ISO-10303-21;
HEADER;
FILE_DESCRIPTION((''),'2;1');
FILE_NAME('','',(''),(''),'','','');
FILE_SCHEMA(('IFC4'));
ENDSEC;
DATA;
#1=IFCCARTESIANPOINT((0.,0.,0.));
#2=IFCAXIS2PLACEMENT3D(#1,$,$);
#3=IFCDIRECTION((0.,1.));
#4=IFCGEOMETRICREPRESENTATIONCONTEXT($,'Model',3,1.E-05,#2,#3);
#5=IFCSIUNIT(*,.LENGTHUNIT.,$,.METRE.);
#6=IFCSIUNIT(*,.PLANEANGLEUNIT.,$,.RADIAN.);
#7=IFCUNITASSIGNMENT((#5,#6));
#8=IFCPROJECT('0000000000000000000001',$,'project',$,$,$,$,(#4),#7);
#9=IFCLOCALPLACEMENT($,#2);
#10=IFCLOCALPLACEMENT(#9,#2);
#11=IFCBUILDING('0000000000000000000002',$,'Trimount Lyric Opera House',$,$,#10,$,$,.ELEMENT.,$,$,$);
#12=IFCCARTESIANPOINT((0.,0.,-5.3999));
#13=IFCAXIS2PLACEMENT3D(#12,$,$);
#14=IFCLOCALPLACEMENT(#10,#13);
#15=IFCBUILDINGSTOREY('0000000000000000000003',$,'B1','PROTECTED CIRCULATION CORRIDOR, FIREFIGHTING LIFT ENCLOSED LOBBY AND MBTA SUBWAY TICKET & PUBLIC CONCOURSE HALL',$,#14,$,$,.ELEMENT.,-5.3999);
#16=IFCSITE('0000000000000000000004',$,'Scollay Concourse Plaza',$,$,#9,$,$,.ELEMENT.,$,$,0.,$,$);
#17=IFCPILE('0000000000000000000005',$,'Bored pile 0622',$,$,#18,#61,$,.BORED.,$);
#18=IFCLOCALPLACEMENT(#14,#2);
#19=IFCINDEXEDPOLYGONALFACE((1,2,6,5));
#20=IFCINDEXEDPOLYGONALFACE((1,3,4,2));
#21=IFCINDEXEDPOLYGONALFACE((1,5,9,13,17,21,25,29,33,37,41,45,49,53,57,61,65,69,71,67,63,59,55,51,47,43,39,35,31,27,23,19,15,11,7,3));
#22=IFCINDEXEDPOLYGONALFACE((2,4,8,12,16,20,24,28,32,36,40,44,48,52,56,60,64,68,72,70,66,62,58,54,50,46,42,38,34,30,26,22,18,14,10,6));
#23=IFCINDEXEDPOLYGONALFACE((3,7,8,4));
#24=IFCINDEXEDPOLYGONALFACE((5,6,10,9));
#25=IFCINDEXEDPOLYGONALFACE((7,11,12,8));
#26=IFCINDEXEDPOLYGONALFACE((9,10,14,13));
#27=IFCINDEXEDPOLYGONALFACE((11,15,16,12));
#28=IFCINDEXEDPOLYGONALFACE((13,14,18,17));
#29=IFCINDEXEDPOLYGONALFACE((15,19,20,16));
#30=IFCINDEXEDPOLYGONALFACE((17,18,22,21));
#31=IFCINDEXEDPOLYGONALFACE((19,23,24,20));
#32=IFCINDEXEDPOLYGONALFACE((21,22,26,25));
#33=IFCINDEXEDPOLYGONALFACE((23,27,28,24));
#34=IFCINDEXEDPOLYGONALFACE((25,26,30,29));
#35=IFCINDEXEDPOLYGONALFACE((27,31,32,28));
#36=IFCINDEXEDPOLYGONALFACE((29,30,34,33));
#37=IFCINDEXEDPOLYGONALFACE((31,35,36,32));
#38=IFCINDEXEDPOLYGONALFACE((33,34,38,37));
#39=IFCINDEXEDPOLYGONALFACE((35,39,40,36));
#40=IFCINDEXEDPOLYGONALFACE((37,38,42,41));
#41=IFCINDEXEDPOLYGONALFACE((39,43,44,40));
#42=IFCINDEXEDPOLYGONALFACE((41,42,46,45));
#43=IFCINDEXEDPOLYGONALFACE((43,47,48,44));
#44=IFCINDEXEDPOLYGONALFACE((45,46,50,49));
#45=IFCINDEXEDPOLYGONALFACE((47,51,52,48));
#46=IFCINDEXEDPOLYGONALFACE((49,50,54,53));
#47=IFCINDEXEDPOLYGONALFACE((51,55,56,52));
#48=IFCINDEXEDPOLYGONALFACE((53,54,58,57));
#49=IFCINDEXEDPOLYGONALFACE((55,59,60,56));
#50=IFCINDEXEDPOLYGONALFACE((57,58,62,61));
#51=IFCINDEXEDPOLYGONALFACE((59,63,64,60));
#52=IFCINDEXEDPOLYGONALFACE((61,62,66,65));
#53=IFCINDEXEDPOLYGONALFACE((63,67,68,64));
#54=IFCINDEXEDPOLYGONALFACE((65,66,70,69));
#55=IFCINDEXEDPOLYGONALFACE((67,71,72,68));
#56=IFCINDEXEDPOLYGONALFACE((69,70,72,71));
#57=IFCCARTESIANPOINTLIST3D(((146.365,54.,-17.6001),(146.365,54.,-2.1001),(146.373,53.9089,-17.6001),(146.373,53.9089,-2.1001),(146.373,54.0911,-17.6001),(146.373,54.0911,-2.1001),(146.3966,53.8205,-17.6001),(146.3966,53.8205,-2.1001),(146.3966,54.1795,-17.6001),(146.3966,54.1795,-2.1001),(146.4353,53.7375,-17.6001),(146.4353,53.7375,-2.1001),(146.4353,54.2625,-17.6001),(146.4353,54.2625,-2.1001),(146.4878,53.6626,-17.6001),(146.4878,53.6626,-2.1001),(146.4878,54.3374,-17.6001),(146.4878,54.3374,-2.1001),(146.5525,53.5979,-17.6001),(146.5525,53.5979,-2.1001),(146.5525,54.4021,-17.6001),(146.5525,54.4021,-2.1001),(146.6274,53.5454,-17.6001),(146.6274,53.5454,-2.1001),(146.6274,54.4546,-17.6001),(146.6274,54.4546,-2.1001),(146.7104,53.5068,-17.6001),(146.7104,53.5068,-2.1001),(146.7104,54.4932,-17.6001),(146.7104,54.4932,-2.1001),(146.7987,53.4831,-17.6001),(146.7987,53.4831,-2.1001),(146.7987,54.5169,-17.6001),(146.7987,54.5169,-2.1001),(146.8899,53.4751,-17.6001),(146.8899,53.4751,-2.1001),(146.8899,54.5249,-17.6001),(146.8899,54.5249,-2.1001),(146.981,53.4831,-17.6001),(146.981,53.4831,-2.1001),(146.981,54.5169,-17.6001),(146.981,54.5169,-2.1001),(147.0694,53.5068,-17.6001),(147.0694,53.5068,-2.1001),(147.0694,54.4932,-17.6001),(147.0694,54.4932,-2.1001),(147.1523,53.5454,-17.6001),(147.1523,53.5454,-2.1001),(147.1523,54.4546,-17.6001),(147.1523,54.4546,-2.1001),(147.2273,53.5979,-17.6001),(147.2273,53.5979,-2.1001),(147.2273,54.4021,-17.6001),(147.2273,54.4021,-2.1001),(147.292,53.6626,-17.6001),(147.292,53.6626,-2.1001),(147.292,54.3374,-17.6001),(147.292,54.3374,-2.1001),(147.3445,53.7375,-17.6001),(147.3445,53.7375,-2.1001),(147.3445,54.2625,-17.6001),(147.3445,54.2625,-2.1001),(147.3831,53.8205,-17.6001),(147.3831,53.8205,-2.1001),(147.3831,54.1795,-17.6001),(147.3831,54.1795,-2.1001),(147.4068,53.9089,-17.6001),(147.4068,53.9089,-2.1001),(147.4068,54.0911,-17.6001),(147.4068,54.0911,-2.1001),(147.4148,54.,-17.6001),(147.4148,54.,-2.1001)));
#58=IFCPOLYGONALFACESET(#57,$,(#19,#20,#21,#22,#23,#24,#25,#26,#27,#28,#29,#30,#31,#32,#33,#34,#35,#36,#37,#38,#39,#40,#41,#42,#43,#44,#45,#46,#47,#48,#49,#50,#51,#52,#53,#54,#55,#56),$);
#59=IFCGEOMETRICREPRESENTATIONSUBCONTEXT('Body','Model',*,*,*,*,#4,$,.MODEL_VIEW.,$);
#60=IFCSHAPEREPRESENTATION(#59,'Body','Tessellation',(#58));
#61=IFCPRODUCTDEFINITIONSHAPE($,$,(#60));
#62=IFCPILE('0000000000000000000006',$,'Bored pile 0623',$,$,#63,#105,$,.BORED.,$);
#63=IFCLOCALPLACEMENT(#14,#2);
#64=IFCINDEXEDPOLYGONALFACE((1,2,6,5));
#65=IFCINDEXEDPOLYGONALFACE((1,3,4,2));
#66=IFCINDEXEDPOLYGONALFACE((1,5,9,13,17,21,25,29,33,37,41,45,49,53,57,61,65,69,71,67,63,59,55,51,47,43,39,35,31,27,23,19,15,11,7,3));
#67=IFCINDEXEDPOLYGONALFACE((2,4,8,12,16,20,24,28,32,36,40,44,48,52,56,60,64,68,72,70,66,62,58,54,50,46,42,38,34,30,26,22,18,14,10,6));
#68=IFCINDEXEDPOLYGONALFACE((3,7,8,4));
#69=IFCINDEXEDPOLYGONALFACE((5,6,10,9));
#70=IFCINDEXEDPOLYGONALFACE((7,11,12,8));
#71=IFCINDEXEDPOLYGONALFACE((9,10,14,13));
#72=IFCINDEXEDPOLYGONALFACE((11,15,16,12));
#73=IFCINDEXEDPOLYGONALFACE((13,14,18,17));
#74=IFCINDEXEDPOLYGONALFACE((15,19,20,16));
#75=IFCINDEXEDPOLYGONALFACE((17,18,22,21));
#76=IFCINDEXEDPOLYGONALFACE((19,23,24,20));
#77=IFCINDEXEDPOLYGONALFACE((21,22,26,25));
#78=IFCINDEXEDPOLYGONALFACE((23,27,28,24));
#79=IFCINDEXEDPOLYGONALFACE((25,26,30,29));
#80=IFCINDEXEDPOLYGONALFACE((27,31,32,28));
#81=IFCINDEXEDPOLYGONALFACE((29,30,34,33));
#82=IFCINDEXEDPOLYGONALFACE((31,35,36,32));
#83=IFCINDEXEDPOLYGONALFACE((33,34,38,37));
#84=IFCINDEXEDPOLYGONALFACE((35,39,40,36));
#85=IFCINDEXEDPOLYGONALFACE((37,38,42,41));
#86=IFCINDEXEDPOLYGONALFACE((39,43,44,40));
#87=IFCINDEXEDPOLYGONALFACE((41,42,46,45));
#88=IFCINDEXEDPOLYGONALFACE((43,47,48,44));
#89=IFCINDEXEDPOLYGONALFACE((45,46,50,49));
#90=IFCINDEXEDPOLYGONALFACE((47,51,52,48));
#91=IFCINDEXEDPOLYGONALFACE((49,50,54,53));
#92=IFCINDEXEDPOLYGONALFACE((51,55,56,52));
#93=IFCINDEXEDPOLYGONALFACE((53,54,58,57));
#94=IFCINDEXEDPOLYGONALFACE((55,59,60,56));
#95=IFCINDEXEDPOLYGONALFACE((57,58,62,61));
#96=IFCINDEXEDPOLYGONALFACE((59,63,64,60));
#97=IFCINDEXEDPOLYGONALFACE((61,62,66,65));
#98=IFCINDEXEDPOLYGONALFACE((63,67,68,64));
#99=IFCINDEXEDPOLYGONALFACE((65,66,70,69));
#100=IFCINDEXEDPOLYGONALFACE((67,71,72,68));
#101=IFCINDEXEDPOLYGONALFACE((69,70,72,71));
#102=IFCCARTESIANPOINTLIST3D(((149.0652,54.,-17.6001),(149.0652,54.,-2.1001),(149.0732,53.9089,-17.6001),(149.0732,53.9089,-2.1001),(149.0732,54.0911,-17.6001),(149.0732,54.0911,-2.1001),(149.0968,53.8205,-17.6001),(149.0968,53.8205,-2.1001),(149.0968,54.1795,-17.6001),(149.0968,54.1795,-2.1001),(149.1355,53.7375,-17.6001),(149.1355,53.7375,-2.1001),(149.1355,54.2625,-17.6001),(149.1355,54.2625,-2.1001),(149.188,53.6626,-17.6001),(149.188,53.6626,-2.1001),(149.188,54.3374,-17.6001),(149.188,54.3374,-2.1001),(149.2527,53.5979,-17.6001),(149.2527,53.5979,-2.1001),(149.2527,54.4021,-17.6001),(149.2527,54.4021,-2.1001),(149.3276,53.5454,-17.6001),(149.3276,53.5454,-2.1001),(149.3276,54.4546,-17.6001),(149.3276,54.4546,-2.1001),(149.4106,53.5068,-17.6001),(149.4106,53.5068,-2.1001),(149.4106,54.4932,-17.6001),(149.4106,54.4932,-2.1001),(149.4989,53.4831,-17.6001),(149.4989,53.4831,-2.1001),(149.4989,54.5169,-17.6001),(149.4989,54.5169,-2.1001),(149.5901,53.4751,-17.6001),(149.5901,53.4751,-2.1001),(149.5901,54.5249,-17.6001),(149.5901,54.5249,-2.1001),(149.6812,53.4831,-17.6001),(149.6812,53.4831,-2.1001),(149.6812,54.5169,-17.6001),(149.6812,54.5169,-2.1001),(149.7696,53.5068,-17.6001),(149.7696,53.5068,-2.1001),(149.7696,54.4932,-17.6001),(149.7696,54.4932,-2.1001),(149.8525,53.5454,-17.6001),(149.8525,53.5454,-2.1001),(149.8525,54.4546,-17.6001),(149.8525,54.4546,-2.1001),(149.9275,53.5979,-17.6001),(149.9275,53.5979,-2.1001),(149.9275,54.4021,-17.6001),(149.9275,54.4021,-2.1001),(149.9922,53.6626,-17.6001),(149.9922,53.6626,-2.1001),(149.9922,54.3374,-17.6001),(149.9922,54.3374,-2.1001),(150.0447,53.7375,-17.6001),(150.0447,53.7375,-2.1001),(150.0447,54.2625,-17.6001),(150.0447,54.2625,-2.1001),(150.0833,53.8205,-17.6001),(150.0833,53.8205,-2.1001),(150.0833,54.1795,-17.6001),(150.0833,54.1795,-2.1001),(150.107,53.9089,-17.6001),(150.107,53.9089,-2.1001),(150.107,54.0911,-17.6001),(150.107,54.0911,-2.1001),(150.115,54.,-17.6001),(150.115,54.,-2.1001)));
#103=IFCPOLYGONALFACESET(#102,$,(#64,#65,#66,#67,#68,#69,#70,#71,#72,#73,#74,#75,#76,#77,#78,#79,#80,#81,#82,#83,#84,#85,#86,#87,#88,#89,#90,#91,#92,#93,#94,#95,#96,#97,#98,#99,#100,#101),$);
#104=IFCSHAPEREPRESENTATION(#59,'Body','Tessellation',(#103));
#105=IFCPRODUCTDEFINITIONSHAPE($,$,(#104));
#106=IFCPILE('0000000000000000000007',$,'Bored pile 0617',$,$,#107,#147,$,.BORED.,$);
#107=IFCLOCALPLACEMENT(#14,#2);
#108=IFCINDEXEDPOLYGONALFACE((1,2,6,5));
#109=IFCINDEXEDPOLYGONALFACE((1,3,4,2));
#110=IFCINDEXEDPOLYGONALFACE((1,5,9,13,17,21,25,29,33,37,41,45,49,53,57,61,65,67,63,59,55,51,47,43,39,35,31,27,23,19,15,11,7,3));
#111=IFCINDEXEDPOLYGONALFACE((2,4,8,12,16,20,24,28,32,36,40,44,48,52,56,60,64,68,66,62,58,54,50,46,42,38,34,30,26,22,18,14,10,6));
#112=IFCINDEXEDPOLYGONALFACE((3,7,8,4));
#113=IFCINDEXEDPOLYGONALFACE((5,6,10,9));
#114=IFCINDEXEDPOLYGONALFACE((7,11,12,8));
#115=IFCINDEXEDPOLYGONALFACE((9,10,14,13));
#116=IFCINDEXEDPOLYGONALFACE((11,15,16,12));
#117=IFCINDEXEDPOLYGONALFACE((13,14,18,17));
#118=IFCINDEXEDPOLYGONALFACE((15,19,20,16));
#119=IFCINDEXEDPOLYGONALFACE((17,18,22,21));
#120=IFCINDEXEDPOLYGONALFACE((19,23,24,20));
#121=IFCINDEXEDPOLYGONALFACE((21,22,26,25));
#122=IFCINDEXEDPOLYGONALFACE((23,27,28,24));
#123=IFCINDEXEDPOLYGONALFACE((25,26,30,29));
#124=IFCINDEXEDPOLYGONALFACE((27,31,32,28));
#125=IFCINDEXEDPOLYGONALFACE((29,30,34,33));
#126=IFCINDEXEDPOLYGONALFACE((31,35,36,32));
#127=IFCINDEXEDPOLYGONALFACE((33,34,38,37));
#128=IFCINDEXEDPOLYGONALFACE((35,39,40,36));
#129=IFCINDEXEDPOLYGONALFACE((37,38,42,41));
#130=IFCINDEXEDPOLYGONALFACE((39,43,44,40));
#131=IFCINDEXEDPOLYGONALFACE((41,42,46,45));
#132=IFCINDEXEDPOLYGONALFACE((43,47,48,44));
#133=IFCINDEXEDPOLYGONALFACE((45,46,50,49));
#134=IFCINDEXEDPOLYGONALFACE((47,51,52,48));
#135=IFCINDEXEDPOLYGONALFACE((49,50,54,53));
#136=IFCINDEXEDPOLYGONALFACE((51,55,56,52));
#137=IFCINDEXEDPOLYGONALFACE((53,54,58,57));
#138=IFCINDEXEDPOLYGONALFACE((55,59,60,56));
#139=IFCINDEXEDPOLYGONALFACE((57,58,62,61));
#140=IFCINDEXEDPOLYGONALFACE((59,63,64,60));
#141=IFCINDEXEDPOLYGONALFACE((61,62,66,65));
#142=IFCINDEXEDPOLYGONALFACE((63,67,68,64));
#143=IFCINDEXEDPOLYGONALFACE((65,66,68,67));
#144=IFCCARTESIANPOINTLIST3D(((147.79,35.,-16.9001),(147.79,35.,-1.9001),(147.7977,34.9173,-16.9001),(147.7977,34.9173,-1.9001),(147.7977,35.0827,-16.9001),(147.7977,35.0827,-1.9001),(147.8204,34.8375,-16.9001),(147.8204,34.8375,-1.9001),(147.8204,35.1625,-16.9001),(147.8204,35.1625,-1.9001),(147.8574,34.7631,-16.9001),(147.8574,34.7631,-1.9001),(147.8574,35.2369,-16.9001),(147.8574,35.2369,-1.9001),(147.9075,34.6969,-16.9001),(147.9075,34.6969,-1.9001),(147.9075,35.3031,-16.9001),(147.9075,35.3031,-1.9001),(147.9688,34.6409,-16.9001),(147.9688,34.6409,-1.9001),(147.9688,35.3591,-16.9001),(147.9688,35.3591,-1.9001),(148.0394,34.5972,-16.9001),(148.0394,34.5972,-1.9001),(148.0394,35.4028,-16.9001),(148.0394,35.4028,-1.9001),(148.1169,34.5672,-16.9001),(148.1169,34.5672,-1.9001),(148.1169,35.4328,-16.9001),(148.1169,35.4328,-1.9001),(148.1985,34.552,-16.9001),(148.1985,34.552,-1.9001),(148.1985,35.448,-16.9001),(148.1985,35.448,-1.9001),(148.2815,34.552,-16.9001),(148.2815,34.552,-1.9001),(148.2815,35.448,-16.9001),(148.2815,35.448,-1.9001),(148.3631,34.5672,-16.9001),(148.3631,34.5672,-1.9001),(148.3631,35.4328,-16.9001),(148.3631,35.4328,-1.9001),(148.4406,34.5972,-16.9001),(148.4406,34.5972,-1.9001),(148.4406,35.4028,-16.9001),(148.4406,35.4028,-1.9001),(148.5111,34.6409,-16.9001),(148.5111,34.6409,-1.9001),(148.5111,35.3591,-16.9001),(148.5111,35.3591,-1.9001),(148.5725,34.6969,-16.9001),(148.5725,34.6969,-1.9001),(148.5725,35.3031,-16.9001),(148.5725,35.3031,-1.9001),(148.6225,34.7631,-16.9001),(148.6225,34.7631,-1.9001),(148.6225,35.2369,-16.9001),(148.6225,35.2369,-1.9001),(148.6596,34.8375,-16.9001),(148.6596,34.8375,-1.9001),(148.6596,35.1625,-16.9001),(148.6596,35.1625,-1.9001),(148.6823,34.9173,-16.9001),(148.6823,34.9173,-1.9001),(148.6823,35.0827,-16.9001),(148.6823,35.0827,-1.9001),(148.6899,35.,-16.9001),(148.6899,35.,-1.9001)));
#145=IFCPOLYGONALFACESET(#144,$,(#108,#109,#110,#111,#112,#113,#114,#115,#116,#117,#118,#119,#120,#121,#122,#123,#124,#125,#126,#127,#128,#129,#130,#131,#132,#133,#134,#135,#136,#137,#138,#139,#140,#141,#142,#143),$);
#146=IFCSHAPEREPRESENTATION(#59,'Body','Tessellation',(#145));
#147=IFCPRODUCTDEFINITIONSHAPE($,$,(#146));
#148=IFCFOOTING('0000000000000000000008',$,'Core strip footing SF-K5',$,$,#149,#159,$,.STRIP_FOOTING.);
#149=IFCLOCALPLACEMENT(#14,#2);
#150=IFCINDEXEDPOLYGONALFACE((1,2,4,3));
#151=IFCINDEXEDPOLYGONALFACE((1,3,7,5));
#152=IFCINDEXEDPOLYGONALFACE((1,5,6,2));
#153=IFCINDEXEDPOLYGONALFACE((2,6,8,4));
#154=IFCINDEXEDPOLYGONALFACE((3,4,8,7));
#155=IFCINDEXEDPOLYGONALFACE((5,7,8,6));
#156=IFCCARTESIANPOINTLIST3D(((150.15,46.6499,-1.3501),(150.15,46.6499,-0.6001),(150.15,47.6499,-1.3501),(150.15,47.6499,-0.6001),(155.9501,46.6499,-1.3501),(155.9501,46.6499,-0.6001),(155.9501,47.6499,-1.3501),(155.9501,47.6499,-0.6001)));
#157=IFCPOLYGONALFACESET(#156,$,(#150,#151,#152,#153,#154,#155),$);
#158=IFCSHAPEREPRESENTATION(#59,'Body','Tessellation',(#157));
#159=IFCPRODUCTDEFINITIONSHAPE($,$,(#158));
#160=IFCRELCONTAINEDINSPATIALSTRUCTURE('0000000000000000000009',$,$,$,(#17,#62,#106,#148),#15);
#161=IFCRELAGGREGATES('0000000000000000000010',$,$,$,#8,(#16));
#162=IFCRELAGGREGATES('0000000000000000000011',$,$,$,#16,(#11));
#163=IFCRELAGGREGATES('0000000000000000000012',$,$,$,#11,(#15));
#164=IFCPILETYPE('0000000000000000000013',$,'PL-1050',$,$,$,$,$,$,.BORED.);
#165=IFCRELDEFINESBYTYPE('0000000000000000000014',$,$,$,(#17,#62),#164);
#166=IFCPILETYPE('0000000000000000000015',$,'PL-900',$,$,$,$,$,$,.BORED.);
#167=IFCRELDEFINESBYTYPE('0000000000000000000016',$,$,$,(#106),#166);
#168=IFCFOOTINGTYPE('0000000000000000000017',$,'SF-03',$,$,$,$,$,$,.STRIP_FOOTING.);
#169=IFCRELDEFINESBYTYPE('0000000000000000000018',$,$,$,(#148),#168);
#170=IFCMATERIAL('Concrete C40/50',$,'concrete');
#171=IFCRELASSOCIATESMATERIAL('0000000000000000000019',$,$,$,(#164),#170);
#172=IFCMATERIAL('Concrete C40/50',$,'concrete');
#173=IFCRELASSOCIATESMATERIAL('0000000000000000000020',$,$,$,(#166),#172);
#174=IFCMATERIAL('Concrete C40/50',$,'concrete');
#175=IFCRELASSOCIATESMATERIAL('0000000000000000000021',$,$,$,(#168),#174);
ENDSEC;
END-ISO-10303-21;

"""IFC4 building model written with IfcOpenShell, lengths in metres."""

from ifc_helpers import new_model, si_unit, direction, frame, origin, origin_2d, place, context, subcontext, project, spatial, rectangle, circle, extrude, material, material_profile, profile_set, type_object, element, save


model = new_model("IFC4")

# Units and contexts
model_context = context("Model", 3, precision=1e-05, world=origin(), true_north=direction((0.0, 1.0)))
body_context = subcontext(model_context, "Body", "Model", "MODEL_VIEW")
ifc_project = project(units=[si_unit("LENGTHUNIT", "METRE"), si_unit("PLANEANGLEUNIT", "RADIAN")], contexts=[model_context])

# Site, building, storey
site_placement = place(None, origin())
site = spatial("IfcSite", under=ifc_project, at=site_placement, Name="Scollay Concourse Plaza", CompositionType="ELEMENT", RefElevation=0.0)
building_placement = place(site_placement, origin())
building = spatial("IfcBuilding", under=site, at=building_placement, Name="Trimount Lyric Opera House", CompositionType="ELEMENT")
storey_placement = place(building_placement, frame((0.0, 0.0, -5.3999)))
storey = spatial("IfcBuildingStorey", under=building, at=storey_placement, Name="B1", Description="PROTECTED CIRCULATION CORRIDOR, FIREFIGHTING LIFT ENCLOSED LOBBY AND MBTA SUBWAY TICKET & PUBLIC CONCOURSE HALL", CompositionType="ELEMENT", Elevation=-5.3999)

# Piles
ifc_material_1 = material(Name="Concrete C40/50", Category="concrete")
ifc_material_profile_1 = material_profile(ifc_material_1, circle(Radius=0.5249, at=origin_2d()), Name="PILE-D1050")
ifc_profile_set_1 = profile_set([ifc_material_profile_1], Name="Concrete C40/50")
pile_type_1 = type_object("IfcPileType", Name="PL-1050", PredefinedType="BORED", material=ifc_profile_set_1)
for number, where, z_axis, x_axis, name in (
    (1, (146.8899, 54.0, -2.1001), (0.0, 0.0, -1.0), (1.0, 0.0, 0.0), "Bored pile 0622"),
    (2, (149.5901, 54.0, -2.1001), (0.0, 0.0, -1.0), (1.0, 0.0, 0.0), "Bored pile 0623"),
):
    element("IfcPile", number, at=place(storey_placement, frame(where, z_axis=z_axis, x_axis=x_axis)), inside=storey, type_object=pile_type_1, Name=name, PredefinedType="BORED", context=body_context, shape_type="SweptSolid", body=[
        extrude(circle(Radius=0.5249, at=origin_2d()), origin(), (0.0, 0.0, 1.0), 15.5),
    ])
ifc_material_2 = material(Name="Concrete C40/50", Category="concrete")
ifc_material_profile_2 = material_profile(ifc_material_2, circle(Radius=0.45, at=origin_2d()), Name="PILE-D900")
ifc_profile_set_2 = profile_set([ifc_material_profile_2], Name="Concrete C40/50")
pile_type_2 = type_object("IfcPileType", Name="PL-900", PredefinedType="BORED", material=ifc_profile_set_2)
pile_placement = place(storey_placement, frame((148.24, 35.0, -1.9001), z_axis=(0.0, 0.0, -1.0), x_axis=(1.0, 0.0, 0.0)))
element("IfcPile", 3, at=pile_placement, inside=storey, type_object=pile_type_2, Name="Bored pile 0617", PredefinedType="BORED", context=body_context, shape_type="SweptSolid", body=[
    extrude(circle(Radius=0.45, at=origin_2d()), origin(), (0.0, 0.0, 1.0), 15.0),
])

# Footing
ifc_material_3 = material(Name="Concrete C40/50", Category="concrete")
footing_type_1 = type_object("IfcFootingType", Name="SF-03", PredefinedType="STRIP_FOOTING", material=ifc_material_3)
footing_1_placement = place(storey_placement, frame((153.05, 47.1499, -1.3501), z_axis=(0.0, 0.0, 1.0), x_axis=(1.0, 0.0, 0.0)))
element("IfcFooting", 4, at=footing_1_placement, inside=storey, type_object=footing_type_1, Name="Core strip footing SF-K5", PredefinedType="STRIP_FOOTING", context=body_context, shape_type="SweptSolid", body=[
    extrude(rectangle(XDim=5.8, YDim=1.0, at=origin_2d()), origin(), (0.0, 0.0, 1.0), 0.75),
])

save(model, "model.ifc")
